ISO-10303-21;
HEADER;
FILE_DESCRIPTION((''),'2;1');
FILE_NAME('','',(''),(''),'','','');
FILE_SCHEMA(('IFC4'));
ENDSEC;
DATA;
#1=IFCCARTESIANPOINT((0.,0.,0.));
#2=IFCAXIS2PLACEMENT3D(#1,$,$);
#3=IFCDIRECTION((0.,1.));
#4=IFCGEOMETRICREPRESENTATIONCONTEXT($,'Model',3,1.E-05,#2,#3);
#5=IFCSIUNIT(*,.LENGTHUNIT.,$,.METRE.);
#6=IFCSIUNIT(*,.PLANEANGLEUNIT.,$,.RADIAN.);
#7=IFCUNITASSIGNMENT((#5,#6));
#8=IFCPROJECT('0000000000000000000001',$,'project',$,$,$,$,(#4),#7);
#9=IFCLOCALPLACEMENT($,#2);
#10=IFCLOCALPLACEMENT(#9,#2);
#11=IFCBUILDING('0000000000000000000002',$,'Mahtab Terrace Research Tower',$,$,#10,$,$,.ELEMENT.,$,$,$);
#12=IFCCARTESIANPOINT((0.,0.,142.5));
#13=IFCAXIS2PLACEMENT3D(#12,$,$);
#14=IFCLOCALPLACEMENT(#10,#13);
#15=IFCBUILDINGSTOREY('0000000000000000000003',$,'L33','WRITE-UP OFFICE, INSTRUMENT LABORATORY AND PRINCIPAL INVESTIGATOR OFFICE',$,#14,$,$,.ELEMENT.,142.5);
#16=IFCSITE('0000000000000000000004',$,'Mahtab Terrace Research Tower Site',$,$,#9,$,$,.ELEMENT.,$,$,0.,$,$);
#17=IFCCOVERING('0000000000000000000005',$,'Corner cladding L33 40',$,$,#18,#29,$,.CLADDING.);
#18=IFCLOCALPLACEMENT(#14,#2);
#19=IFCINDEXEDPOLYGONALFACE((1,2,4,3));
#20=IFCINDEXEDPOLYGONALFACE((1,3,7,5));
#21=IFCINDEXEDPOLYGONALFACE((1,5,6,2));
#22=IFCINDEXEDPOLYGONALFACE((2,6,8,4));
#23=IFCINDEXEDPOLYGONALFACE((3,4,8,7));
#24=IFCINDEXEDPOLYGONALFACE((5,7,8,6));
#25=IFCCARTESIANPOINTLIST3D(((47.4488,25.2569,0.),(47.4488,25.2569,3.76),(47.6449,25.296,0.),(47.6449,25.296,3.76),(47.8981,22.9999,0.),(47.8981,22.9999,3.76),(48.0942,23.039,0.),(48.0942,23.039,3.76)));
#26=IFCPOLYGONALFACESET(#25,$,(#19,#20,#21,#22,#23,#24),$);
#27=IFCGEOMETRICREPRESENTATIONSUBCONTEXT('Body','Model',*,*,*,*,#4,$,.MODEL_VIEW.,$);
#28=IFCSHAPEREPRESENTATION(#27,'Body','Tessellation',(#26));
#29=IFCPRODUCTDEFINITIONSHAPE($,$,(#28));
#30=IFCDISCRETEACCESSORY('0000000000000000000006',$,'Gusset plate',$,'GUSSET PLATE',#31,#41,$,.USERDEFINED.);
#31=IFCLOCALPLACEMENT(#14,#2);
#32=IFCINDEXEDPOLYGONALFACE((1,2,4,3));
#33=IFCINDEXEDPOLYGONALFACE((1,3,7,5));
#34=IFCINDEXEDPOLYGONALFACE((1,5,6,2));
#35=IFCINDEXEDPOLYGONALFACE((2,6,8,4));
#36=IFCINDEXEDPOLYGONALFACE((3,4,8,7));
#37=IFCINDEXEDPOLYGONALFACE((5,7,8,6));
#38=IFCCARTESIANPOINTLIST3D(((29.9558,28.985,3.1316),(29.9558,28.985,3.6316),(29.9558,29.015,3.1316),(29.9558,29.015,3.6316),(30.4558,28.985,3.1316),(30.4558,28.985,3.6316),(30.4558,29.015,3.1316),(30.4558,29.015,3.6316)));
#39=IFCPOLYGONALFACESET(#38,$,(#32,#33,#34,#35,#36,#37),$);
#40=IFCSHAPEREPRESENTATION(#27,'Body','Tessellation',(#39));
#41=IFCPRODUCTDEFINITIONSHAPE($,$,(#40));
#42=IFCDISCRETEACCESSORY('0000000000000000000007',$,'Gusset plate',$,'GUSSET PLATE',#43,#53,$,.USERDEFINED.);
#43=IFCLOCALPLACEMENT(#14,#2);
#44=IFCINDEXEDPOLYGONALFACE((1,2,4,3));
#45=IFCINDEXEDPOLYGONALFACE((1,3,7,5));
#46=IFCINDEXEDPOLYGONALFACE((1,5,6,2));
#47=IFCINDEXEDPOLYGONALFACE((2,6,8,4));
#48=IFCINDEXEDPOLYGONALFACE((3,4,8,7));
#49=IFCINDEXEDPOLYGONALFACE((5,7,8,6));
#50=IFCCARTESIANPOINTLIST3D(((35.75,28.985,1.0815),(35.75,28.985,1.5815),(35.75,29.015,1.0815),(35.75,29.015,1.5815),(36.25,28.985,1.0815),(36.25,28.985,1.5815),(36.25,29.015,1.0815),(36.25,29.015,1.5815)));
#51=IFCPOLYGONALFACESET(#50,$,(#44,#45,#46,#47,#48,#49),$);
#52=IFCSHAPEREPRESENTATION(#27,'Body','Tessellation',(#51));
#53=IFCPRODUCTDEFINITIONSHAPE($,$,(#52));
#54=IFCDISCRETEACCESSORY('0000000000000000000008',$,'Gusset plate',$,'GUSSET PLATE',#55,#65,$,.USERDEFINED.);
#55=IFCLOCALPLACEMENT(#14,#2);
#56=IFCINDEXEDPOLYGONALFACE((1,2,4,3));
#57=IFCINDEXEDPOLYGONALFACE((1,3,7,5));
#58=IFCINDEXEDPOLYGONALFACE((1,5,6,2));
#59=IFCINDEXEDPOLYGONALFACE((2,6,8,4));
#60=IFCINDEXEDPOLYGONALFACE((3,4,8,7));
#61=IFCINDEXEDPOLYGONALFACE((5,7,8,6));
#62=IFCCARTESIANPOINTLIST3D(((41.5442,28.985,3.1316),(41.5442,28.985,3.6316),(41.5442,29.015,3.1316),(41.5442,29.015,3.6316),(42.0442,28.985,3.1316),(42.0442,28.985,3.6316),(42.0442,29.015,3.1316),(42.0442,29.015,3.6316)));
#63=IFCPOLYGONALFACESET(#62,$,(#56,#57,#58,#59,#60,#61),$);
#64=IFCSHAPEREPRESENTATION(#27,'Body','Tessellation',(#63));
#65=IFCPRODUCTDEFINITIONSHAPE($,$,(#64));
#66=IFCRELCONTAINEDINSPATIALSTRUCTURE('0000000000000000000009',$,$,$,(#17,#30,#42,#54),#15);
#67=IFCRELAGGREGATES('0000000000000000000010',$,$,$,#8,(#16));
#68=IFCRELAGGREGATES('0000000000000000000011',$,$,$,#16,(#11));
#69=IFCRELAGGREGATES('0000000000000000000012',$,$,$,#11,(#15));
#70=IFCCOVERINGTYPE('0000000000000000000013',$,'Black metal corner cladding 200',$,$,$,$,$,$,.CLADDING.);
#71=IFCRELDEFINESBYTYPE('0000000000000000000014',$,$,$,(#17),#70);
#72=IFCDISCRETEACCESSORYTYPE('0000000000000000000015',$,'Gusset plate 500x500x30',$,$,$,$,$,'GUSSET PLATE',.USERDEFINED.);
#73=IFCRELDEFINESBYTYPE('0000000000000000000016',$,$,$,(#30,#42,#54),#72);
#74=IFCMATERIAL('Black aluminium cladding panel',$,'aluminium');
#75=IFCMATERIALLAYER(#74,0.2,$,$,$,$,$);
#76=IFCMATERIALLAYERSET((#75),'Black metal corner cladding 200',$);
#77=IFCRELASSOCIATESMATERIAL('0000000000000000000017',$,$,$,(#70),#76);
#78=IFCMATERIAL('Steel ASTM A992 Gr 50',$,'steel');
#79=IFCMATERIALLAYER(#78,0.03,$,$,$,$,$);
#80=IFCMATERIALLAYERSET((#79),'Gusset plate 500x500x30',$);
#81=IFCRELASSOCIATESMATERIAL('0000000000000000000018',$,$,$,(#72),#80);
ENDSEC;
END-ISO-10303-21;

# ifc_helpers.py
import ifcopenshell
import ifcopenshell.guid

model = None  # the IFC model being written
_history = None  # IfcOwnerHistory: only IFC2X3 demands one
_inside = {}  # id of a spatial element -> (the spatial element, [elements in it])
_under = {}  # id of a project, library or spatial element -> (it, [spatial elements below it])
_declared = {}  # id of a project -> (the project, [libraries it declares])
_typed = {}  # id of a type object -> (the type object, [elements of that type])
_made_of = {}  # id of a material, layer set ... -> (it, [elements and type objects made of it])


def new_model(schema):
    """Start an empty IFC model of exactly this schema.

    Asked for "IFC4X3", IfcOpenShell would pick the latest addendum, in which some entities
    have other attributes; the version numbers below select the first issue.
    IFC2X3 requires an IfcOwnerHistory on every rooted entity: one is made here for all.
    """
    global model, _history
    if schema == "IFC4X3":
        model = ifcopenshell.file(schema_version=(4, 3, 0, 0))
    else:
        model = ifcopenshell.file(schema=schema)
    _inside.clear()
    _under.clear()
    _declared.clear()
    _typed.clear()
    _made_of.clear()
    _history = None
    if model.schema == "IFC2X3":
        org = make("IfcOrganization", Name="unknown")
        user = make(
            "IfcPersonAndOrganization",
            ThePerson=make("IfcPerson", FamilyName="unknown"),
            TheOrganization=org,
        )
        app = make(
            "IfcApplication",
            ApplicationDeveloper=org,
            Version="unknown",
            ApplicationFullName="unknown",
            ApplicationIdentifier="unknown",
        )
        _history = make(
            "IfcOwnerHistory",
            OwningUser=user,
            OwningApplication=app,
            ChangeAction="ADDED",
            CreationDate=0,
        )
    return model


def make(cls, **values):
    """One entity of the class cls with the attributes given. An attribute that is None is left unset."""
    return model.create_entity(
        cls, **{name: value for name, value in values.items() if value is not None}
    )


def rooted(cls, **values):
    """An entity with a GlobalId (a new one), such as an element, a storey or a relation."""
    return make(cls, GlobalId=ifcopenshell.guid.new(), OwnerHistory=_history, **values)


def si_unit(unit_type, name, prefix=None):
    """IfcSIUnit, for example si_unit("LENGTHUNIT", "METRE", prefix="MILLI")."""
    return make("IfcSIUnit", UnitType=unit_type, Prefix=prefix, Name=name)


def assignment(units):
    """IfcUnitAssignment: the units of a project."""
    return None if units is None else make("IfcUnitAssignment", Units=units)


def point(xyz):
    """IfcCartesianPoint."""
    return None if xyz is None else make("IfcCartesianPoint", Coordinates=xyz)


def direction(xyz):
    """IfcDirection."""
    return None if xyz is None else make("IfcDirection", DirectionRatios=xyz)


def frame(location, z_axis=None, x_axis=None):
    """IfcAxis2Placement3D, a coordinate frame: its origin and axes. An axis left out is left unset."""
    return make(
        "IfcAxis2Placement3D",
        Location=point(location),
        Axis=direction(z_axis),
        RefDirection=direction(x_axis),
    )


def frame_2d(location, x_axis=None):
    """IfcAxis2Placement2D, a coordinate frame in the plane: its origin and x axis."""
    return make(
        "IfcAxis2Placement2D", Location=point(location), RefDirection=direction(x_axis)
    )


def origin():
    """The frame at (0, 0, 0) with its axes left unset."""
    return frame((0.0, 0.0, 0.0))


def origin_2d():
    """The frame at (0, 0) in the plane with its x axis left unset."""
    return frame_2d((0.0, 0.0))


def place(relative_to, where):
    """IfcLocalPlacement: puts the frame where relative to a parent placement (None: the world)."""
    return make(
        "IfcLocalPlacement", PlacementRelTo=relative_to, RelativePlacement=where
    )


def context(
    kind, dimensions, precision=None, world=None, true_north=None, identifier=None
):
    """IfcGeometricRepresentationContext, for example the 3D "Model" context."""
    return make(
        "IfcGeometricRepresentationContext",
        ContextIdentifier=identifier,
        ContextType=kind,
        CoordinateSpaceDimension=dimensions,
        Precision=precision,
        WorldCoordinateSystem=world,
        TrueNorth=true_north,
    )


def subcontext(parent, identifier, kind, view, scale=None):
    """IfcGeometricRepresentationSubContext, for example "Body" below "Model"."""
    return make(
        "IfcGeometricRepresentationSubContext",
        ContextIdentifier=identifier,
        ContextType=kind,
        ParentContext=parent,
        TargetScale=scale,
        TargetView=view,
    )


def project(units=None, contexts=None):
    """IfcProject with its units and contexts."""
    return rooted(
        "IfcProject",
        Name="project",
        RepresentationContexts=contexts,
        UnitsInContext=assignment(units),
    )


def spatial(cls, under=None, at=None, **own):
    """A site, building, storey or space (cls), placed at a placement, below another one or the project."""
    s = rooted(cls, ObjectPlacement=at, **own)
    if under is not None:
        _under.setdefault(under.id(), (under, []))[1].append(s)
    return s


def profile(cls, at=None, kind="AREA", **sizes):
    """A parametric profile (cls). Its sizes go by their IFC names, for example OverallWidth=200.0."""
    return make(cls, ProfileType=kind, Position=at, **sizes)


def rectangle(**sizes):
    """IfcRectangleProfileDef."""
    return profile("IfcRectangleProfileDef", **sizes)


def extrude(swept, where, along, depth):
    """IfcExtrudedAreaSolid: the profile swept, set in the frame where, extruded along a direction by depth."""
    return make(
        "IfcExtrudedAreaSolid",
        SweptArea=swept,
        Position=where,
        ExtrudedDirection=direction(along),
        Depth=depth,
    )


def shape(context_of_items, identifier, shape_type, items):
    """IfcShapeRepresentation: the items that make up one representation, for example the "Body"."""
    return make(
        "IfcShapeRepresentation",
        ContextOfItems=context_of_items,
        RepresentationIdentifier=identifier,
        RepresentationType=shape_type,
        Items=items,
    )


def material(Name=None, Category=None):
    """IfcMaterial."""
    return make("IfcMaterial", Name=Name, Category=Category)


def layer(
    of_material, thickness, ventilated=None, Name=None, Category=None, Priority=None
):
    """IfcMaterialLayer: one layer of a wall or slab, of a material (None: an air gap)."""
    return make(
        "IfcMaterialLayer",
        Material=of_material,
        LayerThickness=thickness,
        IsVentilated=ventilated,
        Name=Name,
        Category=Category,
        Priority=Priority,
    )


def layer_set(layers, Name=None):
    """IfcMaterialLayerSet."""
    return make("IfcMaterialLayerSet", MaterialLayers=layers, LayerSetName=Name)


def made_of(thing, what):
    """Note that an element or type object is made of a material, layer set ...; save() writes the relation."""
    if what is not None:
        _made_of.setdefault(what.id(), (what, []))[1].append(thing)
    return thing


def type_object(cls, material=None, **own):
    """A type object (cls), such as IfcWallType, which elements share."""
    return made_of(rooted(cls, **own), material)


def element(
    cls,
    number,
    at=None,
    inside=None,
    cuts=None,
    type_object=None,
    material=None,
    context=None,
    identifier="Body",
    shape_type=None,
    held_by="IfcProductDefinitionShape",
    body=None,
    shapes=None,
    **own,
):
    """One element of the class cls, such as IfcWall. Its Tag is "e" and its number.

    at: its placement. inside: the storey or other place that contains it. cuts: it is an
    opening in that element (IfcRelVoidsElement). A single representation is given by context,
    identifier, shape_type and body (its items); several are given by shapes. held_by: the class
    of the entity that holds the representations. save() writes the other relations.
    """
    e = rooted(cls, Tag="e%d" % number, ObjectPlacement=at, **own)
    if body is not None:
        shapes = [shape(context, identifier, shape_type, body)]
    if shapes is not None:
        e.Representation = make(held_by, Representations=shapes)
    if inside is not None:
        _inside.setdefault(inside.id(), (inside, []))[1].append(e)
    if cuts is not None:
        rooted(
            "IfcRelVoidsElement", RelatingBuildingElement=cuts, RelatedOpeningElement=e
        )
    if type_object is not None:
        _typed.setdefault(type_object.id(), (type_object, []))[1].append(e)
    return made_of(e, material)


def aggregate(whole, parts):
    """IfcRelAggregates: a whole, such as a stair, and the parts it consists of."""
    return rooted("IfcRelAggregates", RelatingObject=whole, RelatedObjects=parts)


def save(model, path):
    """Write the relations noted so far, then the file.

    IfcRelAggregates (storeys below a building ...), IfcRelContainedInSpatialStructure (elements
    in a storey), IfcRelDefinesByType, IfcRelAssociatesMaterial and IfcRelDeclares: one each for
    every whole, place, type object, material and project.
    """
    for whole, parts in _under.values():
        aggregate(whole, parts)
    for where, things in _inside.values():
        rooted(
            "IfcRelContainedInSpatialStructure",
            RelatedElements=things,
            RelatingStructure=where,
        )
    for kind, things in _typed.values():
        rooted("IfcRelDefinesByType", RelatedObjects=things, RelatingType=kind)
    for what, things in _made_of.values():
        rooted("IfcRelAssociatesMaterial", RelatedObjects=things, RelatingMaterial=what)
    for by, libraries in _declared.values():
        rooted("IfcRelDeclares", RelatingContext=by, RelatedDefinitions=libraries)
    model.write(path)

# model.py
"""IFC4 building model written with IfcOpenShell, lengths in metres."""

from ifc_helpers import new_model, si_unit, direction, frame, origin, origin_2d, place, context, subcontext, project, spatial, rectangle, extrude, material, layer, layer_set, type_object, element, save


model = new_model("IFC4")

# Units and contexts
model_context = context("Model", 3, precision=1e-05, world=origin(), true_north=direction((0.0, 1.0)))
body_context = subcontext(model_context, "Body", "Model", "MODEL_VIEW")
ifc_project = project(units=[si_unit("LENGTHUNIT", "METRE"), si_unit("PLANEANGLEUNIT", "RADIAN")], contexts=[model_context])

# Site, building, storey
site_placement = place(None, origin())
site = spatial("IfcSite", under=ifc_project, at=site_placement, Name="Mahtab Terrace Research Tower Site", CompositionType="ELEMENT", RefElevation=0.0)
building_placement = place(site_placement, origin())
building = spatial("IfcBuilding", under=site, at=building_placement, Name="Mahtab Terrace Research Tower", CompositionType="ELEMENT")
storey_placement = place(building_placement, frame((0.0, 0.0, 142.5)))
storey = spatial("IfcBuildingStorey", under=building, at=storey_placement, Name="L33", Description="WRITE-UP OFFICE, INSTRUMENT LABORATORY AND PRINCIPAL INVESTIGATOR OFFICE", CompositionType="ELEMENT", Elevation=142.5)

# Shared definitions
ifc_material_1 = material(Name="Steel ASTM A992 Gr 50", Category="steel")

# Shared definitions
ifc_material_2 = material(Name="Black aluminium cladding panel", Category="aluminium")

# Covering
ifc_layer_1 = layer(ifc_material_2, 0.2)
ifc_layer_set_1 = layer_set([ifc_layer_1], Name="Black metal corner cladding 200")
covering_type = type_object("IfcCoveringType", Name="Black metal corner cladding 200", PredefinedType="CLADDING", material=ifc_layer_set_1)
covering_1_placement = place(storey_placement, frame((47.7715, 24.1479, 0.0), z_axis=(0.0, 0.0, 1.0), x_axis=(-0.195212, 0.980761, 0.0)))
element("IfcCovering", 1, at=covering_1_placement, inside=storey, type_object=covering_type, Name="Corner cladding L33 40", PredefinedType="CLADDING", context=body_context, shape_type="SweptSolid", body=[
    extrude(rectangle(XDim=2.3013, YDim=0.2, at=origin_2d()), origin(), (0.0, 0.0, 1.0), 3.76),
])

# Discrete accessories
ifc_layer_2 = layer(ifc_material_1, 0.03)
ifc_layer_set_2 = layer_set([ifc_layer_2], Name="Gusset plate 500x500x30")
discrete_accessory_type = type_object("IfcDiscreteAccessoryType", Name="Gusset plate 500x500x30", ElementType="GUSSET PLATE", PredefinedType="USERDEFINED", material=ifc_layer_set_2)
for number, where, z_axis, x_axis, name in (
    (2, (30.2058, 29.0, 3.1316), (0.0, 0.0, 1.0), (1.0, 0.0, 0.0), "Gusset plate"),
    (3, (36.0, 29.0, 1.0815), (0.0, 0.0, 1.0), (1.0, 0.0, 0.0), "Gusset plate"),
    (4, (41.7942, 29.0, 3.1316), (0.0, 0.0, 1.0), (1.0, 0.0, 0.0), "Gusset plate"),
):
    element("IfcDiscreteAccessory", number, at=place(storey_placement, frame(where, z_axis=z_axis, x_axis=x_axis)), inside=storey, type_object=discrete_accessory_type, Name=name, ObjectType="GUSSET PLATE", PredefinedType="USERDEFINED", context=body_context, shape_type="SweptSolid", body=[
        extrude(rectangle(XDim=0.5, YDim=0.03, at=origin_2d()), origin(), (0.0, 0.0, 1.0), 0.5),
    ])

save(model, "model.ifc")
